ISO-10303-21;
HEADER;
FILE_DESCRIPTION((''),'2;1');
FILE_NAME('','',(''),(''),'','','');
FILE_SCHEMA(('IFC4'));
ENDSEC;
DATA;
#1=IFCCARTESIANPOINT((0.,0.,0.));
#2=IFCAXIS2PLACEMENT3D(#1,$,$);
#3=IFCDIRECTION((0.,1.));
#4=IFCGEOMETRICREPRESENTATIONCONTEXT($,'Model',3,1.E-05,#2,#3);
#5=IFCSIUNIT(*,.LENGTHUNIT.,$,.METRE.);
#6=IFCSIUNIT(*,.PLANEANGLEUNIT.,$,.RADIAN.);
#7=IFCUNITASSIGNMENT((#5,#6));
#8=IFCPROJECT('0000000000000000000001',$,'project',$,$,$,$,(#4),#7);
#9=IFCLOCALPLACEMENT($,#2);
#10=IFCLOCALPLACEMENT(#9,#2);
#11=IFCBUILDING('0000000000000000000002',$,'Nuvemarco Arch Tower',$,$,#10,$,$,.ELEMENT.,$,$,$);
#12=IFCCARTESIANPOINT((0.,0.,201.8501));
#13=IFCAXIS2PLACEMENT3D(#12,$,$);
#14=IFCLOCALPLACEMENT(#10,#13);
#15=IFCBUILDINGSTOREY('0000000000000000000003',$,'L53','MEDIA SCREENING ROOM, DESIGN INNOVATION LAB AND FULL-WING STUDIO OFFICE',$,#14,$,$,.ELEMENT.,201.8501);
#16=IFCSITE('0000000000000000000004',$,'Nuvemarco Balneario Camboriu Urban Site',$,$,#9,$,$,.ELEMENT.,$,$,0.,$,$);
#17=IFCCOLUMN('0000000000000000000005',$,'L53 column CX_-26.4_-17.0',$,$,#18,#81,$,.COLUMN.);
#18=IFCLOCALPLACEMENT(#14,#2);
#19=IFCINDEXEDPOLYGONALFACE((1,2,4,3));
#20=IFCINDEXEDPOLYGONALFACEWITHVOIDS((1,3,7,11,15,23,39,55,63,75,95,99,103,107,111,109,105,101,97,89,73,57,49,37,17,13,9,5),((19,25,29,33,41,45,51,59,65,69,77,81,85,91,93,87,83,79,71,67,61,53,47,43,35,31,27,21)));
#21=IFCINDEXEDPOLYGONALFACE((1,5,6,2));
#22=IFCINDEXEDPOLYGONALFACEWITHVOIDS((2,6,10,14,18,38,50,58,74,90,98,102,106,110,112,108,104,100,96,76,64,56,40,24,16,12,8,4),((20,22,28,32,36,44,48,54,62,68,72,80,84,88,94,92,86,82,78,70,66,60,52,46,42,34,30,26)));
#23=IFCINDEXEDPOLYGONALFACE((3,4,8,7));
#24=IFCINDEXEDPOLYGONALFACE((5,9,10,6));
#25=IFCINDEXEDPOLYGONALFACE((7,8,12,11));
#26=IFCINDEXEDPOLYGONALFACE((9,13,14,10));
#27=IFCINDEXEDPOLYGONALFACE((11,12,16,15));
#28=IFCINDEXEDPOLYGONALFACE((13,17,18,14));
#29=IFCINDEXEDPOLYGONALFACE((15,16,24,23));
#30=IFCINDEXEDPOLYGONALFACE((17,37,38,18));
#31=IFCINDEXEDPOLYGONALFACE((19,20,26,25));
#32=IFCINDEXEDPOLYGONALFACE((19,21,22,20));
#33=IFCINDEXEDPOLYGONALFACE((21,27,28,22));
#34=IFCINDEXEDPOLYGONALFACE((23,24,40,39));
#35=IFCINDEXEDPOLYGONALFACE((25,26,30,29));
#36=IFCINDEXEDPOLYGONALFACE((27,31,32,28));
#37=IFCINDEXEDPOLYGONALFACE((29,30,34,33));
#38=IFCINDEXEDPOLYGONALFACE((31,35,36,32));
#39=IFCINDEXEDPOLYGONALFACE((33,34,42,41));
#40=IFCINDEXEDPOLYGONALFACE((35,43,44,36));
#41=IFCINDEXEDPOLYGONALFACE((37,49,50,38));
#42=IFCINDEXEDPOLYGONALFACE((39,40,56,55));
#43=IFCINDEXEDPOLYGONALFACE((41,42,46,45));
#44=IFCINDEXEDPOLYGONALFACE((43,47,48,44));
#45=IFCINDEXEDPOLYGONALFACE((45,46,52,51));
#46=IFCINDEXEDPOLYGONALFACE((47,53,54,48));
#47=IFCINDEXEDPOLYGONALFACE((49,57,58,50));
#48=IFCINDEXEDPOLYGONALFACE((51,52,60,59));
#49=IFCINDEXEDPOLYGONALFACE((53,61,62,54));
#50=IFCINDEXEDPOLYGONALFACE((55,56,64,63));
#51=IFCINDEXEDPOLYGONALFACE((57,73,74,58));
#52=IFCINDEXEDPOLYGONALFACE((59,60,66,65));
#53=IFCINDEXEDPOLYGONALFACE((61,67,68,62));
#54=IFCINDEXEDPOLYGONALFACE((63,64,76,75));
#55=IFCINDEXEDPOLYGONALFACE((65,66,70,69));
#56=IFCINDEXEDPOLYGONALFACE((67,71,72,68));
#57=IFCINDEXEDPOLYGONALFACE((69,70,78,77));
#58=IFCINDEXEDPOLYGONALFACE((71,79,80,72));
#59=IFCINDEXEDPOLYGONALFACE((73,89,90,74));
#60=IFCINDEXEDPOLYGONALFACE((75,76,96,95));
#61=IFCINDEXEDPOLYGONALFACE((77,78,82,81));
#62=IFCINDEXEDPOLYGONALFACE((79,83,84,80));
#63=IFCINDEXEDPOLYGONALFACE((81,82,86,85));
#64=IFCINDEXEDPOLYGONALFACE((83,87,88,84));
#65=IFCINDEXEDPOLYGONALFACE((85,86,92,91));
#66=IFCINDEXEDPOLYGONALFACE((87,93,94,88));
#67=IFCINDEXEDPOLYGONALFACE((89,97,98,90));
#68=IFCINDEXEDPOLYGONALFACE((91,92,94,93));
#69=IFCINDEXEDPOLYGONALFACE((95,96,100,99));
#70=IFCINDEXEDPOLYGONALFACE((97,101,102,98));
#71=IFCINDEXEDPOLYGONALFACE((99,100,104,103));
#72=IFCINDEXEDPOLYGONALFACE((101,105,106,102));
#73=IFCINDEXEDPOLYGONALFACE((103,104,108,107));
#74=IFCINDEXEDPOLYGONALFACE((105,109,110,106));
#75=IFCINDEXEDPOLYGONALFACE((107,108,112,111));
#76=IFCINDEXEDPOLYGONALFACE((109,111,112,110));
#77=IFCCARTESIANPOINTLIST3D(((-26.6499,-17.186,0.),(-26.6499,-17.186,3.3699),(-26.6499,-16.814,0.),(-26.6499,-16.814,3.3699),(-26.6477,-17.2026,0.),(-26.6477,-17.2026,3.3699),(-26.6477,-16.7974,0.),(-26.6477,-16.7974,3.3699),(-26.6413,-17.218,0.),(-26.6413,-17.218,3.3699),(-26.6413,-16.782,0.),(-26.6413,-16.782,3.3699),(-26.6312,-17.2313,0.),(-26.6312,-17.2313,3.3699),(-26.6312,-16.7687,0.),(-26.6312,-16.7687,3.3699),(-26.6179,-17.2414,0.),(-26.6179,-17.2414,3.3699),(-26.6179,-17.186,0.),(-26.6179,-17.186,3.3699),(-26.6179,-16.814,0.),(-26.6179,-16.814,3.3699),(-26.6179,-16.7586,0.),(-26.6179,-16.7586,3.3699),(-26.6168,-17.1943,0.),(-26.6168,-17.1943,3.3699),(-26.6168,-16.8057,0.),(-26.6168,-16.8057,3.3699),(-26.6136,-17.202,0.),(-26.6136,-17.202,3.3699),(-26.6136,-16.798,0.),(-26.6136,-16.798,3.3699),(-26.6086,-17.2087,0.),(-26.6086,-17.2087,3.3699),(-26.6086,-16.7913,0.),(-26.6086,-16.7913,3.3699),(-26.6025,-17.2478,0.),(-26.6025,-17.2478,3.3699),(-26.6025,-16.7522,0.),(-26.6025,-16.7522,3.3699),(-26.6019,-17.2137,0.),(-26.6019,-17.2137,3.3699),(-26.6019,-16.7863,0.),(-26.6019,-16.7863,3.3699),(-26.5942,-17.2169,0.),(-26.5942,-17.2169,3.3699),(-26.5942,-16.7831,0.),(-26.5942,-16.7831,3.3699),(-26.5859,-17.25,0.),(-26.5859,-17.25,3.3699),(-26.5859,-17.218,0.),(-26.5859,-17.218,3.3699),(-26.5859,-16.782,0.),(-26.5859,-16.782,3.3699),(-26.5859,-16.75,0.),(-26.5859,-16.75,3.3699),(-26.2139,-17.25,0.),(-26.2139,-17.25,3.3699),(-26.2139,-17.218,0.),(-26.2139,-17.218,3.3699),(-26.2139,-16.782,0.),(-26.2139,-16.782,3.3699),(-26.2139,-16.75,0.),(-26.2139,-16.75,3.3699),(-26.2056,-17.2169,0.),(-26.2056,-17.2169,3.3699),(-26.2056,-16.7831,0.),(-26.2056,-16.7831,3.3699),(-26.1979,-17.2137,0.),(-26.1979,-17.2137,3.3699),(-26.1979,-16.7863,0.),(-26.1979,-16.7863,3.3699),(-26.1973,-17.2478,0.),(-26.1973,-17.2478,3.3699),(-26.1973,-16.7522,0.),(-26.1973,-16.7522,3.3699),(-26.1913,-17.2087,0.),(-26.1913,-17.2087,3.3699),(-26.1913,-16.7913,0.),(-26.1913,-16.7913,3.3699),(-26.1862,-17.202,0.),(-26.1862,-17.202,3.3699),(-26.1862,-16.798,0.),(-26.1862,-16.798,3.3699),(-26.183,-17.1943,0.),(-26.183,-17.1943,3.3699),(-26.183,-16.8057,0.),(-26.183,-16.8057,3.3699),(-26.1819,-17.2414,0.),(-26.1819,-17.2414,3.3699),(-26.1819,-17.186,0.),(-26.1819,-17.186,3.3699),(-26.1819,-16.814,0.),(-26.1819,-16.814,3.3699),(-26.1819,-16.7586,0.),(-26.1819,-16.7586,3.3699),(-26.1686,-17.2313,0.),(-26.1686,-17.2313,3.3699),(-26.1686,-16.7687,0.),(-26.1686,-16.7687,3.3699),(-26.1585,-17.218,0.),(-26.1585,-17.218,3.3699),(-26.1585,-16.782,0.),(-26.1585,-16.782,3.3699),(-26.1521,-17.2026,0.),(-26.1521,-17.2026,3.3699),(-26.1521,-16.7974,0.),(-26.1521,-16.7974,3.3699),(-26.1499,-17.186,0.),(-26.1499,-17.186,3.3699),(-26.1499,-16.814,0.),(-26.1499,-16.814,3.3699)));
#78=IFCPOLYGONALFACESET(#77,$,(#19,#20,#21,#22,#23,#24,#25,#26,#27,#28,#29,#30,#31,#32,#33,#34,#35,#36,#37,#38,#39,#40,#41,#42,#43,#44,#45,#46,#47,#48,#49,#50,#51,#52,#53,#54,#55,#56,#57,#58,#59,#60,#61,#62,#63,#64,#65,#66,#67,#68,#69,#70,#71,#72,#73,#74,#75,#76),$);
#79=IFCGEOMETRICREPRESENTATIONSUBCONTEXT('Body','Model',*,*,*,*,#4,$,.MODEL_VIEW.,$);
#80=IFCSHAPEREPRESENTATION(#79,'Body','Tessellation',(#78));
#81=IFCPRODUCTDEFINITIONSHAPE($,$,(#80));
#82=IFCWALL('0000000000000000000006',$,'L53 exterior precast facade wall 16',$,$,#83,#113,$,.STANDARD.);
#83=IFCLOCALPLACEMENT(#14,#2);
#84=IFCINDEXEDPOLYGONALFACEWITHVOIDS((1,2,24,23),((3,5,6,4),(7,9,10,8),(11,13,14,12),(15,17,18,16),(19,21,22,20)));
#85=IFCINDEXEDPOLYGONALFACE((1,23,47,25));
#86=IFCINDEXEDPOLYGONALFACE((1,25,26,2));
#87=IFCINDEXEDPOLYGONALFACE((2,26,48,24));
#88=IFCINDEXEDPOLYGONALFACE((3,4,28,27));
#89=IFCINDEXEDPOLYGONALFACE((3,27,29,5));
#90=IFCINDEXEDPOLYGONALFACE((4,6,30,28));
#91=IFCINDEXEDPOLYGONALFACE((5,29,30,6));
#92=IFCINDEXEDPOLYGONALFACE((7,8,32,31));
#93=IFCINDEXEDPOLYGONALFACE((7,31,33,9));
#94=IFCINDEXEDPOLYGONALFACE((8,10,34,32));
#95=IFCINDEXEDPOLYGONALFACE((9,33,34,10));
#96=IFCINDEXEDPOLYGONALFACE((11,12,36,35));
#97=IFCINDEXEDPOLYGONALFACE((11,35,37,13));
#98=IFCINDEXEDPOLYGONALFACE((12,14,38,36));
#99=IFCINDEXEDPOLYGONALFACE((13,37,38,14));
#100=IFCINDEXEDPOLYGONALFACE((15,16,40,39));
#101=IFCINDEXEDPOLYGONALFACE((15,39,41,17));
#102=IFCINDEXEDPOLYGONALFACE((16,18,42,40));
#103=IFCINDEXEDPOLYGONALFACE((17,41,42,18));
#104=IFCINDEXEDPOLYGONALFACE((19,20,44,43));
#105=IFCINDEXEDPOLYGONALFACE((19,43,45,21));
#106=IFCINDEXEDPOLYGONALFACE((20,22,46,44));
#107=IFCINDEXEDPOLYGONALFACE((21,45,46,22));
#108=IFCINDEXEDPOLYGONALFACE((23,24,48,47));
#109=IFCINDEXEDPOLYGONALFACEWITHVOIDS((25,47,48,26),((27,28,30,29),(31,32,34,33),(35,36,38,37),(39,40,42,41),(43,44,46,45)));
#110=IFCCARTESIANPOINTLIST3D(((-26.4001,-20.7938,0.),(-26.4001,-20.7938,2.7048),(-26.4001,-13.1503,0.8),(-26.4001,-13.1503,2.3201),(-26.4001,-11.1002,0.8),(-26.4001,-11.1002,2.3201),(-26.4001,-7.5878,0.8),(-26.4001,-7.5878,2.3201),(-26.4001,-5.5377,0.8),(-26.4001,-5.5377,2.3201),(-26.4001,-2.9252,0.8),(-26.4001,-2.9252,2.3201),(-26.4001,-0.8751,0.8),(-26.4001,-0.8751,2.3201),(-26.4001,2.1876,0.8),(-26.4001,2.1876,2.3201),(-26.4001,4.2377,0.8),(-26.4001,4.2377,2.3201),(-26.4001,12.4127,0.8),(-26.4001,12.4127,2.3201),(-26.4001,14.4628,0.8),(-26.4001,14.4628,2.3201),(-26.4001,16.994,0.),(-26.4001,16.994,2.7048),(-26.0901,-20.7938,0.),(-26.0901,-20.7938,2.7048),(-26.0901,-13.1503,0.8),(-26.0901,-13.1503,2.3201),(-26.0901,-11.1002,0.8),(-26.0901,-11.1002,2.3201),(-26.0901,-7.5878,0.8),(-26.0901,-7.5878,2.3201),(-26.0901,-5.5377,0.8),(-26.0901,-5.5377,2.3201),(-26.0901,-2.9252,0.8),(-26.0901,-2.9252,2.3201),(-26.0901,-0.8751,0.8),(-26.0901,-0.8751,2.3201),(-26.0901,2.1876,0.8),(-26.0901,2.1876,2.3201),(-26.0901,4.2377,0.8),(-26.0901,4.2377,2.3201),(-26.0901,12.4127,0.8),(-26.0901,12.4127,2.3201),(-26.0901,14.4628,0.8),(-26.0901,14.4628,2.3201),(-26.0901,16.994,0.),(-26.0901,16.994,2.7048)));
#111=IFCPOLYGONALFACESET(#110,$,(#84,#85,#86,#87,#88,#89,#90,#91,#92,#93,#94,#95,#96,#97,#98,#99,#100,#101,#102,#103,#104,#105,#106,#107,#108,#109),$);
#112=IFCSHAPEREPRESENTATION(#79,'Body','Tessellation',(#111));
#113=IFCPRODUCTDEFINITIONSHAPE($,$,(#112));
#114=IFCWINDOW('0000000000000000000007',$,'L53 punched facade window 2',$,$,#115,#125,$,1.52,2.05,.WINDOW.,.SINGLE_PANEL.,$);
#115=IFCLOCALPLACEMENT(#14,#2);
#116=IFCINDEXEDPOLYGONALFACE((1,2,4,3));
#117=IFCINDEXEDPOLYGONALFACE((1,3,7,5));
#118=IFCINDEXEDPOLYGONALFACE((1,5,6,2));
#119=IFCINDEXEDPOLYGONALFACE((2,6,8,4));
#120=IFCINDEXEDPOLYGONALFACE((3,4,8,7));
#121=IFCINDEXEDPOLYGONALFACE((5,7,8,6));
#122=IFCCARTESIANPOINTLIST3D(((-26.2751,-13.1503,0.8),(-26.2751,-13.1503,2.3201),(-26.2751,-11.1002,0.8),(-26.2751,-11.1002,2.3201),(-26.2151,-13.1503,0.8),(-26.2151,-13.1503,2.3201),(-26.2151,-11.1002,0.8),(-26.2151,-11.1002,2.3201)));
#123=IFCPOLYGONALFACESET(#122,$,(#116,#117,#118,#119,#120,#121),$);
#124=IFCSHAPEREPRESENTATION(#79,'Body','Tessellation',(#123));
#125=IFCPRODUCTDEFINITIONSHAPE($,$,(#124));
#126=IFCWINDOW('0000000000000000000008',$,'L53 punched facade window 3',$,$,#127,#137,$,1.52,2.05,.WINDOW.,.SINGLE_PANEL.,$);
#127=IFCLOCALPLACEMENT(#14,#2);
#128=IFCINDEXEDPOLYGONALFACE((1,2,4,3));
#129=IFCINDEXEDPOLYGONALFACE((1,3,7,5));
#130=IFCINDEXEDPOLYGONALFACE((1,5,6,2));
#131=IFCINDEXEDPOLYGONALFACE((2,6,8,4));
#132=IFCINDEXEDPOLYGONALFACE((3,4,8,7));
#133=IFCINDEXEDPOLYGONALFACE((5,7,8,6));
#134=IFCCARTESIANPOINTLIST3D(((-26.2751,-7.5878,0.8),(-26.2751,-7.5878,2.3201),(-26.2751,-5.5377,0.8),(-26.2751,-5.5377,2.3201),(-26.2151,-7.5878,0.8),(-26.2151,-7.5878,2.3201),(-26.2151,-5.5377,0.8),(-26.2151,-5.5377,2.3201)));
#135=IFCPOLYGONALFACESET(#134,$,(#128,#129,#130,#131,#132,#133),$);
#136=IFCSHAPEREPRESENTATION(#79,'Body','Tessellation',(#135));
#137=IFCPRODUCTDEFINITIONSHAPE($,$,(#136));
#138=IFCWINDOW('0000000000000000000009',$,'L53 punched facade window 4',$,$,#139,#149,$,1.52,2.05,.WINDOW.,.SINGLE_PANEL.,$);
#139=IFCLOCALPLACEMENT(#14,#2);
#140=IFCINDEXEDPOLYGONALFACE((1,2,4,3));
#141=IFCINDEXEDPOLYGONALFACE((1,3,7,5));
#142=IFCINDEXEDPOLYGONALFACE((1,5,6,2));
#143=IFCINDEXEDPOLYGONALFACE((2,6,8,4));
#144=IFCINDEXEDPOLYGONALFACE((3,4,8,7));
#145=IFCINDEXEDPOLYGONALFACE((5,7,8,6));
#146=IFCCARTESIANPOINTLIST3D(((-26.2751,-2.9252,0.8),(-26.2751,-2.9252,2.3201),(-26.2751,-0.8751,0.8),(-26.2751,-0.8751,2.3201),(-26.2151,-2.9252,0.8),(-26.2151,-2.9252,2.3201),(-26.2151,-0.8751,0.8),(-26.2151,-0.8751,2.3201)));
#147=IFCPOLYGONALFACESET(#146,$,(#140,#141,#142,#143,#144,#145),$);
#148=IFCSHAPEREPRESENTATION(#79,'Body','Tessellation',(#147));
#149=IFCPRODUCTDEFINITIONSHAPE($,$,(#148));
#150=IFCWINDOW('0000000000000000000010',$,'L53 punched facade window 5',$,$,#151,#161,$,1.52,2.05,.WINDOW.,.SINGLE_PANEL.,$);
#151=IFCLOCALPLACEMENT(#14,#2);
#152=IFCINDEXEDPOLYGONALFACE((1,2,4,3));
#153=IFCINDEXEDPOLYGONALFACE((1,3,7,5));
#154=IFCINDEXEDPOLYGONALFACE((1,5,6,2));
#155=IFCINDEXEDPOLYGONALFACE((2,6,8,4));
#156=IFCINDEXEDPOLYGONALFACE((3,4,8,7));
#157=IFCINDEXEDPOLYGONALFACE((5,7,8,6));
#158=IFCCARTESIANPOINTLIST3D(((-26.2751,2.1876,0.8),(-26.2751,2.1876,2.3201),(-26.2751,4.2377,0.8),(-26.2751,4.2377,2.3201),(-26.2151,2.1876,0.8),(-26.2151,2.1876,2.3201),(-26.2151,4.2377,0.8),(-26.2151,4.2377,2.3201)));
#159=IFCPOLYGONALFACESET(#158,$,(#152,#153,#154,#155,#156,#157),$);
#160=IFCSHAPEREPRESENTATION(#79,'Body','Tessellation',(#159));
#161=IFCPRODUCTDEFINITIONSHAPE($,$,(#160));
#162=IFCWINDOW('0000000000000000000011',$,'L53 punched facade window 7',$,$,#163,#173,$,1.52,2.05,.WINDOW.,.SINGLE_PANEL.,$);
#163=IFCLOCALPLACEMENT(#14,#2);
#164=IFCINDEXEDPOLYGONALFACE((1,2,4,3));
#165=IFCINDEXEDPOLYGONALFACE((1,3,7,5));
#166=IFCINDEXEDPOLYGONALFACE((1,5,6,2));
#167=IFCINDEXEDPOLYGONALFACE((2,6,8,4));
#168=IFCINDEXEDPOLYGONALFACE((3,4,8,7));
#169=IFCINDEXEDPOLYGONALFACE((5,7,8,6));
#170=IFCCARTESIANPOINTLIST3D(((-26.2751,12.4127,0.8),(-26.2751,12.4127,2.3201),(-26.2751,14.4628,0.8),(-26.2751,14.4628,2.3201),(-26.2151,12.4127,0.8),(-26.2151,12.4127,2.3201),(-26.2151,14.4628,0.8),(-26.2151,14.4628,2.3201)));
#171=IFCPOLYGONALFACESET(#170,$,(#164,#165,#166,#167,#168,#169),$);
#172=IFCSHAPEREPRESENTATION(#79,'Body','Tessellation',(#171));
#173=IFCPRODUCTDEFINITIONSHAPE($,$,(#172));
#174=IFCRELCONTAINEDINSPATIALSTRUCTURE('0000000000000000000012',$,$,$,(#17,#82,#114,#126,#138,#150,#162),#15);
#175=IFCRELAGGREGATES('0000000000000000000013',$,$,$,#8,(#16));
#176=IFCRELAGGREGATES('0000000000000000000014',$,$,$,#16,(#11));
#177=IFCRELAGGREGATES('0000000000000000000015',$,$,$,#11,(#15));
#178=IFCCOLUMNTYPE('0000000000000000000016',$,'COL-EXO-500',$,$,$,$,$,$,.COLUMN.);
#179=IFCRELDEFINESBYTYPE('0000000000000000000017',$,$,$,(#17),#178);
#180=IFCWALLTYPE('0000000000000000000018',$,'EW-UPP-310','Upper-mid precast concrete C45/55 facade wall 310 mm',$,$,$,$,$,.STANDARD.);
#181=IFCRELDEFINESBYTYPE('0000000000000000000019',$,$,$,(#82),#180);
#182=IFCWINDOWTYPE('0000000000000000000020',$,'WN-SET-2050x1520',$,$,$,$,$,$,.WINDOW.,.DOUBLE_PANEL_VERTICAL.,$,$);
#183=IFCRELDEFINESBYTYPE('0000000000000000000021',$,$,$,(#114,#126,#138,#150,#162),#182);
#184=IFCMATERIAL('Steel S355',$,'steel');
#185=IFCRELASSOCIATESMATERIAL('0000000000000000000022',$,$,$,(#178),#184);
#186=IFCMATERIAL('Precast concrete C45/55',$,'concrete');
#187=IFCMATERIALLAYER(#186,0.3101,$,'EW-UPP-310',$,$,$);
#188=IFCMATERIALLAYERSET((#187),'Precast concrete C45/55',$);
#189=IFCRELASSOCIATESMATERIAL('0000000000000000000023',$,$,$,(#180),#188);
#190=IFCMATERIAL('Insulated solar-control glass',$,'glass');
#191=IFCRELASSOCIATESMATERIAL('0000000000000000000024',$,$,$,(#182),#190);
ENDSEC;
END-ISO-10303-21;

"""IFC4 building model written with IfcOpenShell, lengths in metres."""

from ifc_helpers import new_model, si_unit, direction, frame, frame_2d, origin, origin_2d, place, context, subcontext, project, spatial, rectangle, hollow_rectangle, extrude, source, transform, mapped, material, layer, layer_set, material_profile, profile_set, type_object, type_shapes, element, fill, save


model = new_model("IFC4")

# Units and contexts
model_context = context("Model", 3, precision=1e-05, world=origin(), true_north=direction((0.0, 1.0)))
body_context = subcontext(model_context, "Body", "Model", "MODEL_VIEW")
ifc_project = project(units=[si_unit("LENGTHUNIT", "METRE"), si_unit("PLANEANGLEUNIT", "RADIAN")], contexts=[model_context])

# Site, building, storey
site_placement = place(None, origin())
site = spatial("IfcSite", under=ifc_project, at=site_placement, Name="Nuvemarco Balneario Camboriu Urban Site", CompositionType="ELEMENT", RefElevation=0.0)
building_placement = place(site_placement, origin())
building = spatial("IfcBuilding", under=site, at=building_placement, Name="Nuvemarco Arch Tower", CompositionType="ELEMENT")
storey_placement = place(building_placement, frame((0.0, 0.0, 201.8501)))
storey = spatial("IfcBuildingStorey", under=building, at=storey_placement, Name="L53", Description="MEDIA SCREENING ROOM, DESIGN INNOVATION LAB AND FULL-WING STUDIO OFFICE", CompositionType="ELEMENT", Elevation=201.8501)

# Column
ifc_material_1 = material(Name="Steel S355", Category="steel")
ifc_material_profile = material_profile(ifc_material_1, hollow_rectangle(XDim=0.5, YDim=0.5, WallThickness=0.032, InnerFilletRadius=0.032, OuterFilletRadius=0.064, at=origin_2d()), Name="SHS500x500x32")
ifc_profile_set = profile_set([ifc_material_profile], Name="Steel S355")
column_type = type_object("IfcColumnType", Name="COL-EXO-500", PredefinedType="COLUMN", material=ifc_profile_set)
column_placement = place(storey_placement, frame((-26.3999, -17.0, 0.0), z_axis=(0.0, 0.0, 1.0), x_axis=(1.0, 0.0, 0.0)))
element("IfcColumn", 1, at=column_placement, inside=storey, type_object=column_type, Name="L53 column CX_-26.4_-17.0", PredefinedType="COLUMN", context=body_context, shape_type="SweptSolid", body=[
    extrude(hollow_rectangle(XDim=0.5, YDim=0.5, WallThickness=0.032, InnerFilletRadius=0.032, OuterFilletRadius=0.064, at=origin_2d()), origin(), (0.0, 0.0, 1.0), 3.3699),
])

# Wall, openings, windows
ifc_material_2 = material(Name="Precast concrete C45/55", Category="concrete")
ifc_layer = layer(ifc_material_2, 0.3101, Name="EW-UPP-310")
ifc_layer_set = layer_set([ifc_layer], Name="Precast concrete C45/55")
wall_type = type_object("IfcWallType", Name="EW-UPP-310", Description="Upper-mid precast concrete C45/55 facade wall 310 mm", PredefinedType="STANDARD", material=ifc_layer_set)
ifc_material_3 = material(Name="Insulated solar-control glass", Category="glass")
wall_1_placement = place(storey_placement, frame((-26.2451, -20.7939, 0.0), z_axis=(0.0, 0.0, 1.0), x_axis=(0.0, 1.0, 0.0)))
wall_1 = element("IfcWall", 2, at=wall_1_placement, inside=storey, type_object=wall_type, Name="L53 exterior precast facade wall 16", PredefinedType="STANDARD", context=body_context, shape_type="SweptSolid", body=[
    extrude(rectangle(XDim=37.7878, YDim=0.3101, at=frame_2d((18.894, 0.0))), origin(), (0.0, 0.0, 1.0), 2.7048),
])
opening_1_placement = place(wall_1_placement, frame((7.6438, 0.0, 0.8)))
opening_1 = element("IfcOpeningElement", 3, at=opening_1_placement, cuts=wall_1, PredefinedType="OPENING", context=body_context, shape_type="SweptSolid", body=[
    extrude(rectangle(XDim=2.05, YDim=1.52, at=frame_2d((1.0249, 0.76))), frame((0.0, 0.165, 0.0), z_axis=(0.0, -1.0, 0.0), x_axis=(1.0, 0.0, 0.0)), (0.0, 0.0, 1.0), 0.3301),
])
opening_2_placement = place(wall_1_placement, frame((13.2063, 0.0, 0.8)))
opening_2 = element("IfcOpeningElement", 4, at=opening_2_placement, cuts=wall_1, PredefinedType="OPENING", context=body_context, shape_type="SweptSolid", body=[
    extrude(rectangle(XDim=2.05, YDim=1.52, at=frame_2d((1.0249, 0.76))), frame((0.0, 0.165, 0.0), z_axis=(0.0, -1.0, 0.0), x_axis=(1.0, 0.0, 0.0)), (0.0, 0.0, 1.0), 0.3301),
])
opening_3_placement = place(wall_1_placement, frame((17.8689, 0.0, 0.8)))
opening_3 = element("IfcOpeningElement", 5, at=opening_3_placement, cuts=wall_1, PredefinedType="OPENING", context=body_context, shape_type="SweptSolid", body=[
    extrude(rectangle(XDim=2.05, YDim=1.52, at=frame_2d((1.0249, 0.76))), frame((0.0, 0.165, 0.0), z_axis=(0.0, -1.0, 0.0), x_axis=(1.0, 0.0, 0.0)), (0.0, 0.0, 1.0), 0.3301),
])
opening_4_placement = place(wall_1_placement, frame((22.9817, 0.0, 0.8)))
opening_4 = element("IfcOpeningElement", 6, at=opening_4_placement, cuts=wall_1, PredefinedType="OPENING", context=body_context, shape_type="SweptSolid", body=[
    extrude(rectangle(XDim=2.05, YDim=1.52, at=frame_2d((1.0249, 0.76))), frame((0.0, 0.165, 0.0), z_axis=(0.0, -1.0, 0.0), x_axis=(1.0, 0.0, 0.0)), (0.0, 0.0, 1.0), 0.3301),
])
opening_5_placement = place(wall_1_placement, frame((33.2068, 0.0, 0.8)))
opening_5 = element("IfcOpeningElement", 7, at=opening_5_placement, cuts=wall_1, PredefinedType="OPENING", context=body_context, shape_type="SweptSolid", body=[
    extrude(rectangle(XDim=2.05, YDim=1.52, at=frame_2d((1.0249, 0.76))), frame((0.0, 0.165, 0.0), z_axis=(0.0, -1.0, 0.0), x_axis=(1.0, 0.0, 0.0)), (0.0, 0.0, 1.0), 0.3301),
])
window_type_1 = type_object("IfcWindowType", Name="WN-SET-2050x1520", PartitioningType="DOUBLE_PANEL_VERTICAL", PredefinedType="WINDOW", material=ifc_material_3)
shared_shape_1 = source(origin(), body_context, "Body", "SweptSolid", [
    extrude(rectangle(XDim=2.05, YDim=1.52, at=frame_2d((1.0249, 0.76))), frame((0.0, 0.03, 0.0), z_axis=(0.0, -1.0, 0.0), x_axis=(1.0, 0.0, 0.0)), (0.0, 0.0, 1.0), 0.0601),
])
type_shapes(window_type_1, [shared_shape_1])
window_1_placement = place(opening_1_placement, origin())
window_1 = element("IfcWindow", 8, at=window_1_placement, inside=storey, type_object=window_type_1, Name="L53 punched facade window 2", OverallHeight=1.52, OverallWidth=2.05, PartitioningType="SINGLE_PANEL", PredefinedType="WINDOW", context=body_context, shape_type="MappedRepresentation", body=[
    mapped(shared_shape_1, transform((0.0, 0.0, 0.0), scale=1.0)),
])
fill(opening_1, window_1)
window_2_placement = place(opening_2_placement, origin())
window_2 = element("IfcWindow", 9, at=window_2_placement, inside=storey, type_object=window_type_1, Name="L53 punched facade window 3", OverallHeight=1.52, OverallWidth=2.05, PartitioningType="SINGLE_PANEL", PredefinedType="WINDOW", context=body_context, shape_type="MappedRepresentation", body=[
    mapped(shared_shape_1, transform((0.0, 0.0, 0.0), scale=1.0)),
])
fill(opening_2, window_2)
window_3_placement = place(opening_3_placement, origin())
window_3 = element("IfcWindow", 10, at=window_3_placement, inside=storey, type_object=window_type_1, Name="L53 punched facade window 4", OverallHeight=1.52, OverallWidth=2.05, PartitioningType="SINGLE_PANEL", PredefinedType="WINDOW", context=body_context, shape_type="MappedRepresentation", body=[
    mapped(shared_shape_1, transform((0.0, 0.0, 0.0), scale=1.0)),
])
fill(opening_3, window_3)
window_4_placement = place(opening_4_placement, origin())
window_4 = element("IfcWindow", 11, at=window_4_placement, inside=storey, type_object=window_type_1, Name="L53 punched facade window 5", OverallHeight=1.52, OverallWidth=2.05, PartitioningType="SINGLE_PANEL", PredefinedType="WINDOW", context=body_context, shape_type="MappedRepresentation", body=[
    mapped(shared_shape_1, transform((0.0, 0.0, 0.0), scale=1.0)),
])
fill(opening_4, window_4)
window_5_placement = place(opening_5_placement, origin())
window_5 = element("IfcWindow", 12, at=window_5_placement, inside=storey, type_object=window_type_1, Name="L53 punched facade window 7", OverallHeight=1.52, OverallWidth=2.05, PartitioningType="SINGLE_PANEL", PredefinedType="WINDOW", context=body_context, shape_type="MappedRepresentation", body=[
    mapped(shared_shape_1, transform((0.0, 0.0, 0.0), scale=1.0)),
])
fill(opening_5, window_5)

save(model, "model.ifc")
